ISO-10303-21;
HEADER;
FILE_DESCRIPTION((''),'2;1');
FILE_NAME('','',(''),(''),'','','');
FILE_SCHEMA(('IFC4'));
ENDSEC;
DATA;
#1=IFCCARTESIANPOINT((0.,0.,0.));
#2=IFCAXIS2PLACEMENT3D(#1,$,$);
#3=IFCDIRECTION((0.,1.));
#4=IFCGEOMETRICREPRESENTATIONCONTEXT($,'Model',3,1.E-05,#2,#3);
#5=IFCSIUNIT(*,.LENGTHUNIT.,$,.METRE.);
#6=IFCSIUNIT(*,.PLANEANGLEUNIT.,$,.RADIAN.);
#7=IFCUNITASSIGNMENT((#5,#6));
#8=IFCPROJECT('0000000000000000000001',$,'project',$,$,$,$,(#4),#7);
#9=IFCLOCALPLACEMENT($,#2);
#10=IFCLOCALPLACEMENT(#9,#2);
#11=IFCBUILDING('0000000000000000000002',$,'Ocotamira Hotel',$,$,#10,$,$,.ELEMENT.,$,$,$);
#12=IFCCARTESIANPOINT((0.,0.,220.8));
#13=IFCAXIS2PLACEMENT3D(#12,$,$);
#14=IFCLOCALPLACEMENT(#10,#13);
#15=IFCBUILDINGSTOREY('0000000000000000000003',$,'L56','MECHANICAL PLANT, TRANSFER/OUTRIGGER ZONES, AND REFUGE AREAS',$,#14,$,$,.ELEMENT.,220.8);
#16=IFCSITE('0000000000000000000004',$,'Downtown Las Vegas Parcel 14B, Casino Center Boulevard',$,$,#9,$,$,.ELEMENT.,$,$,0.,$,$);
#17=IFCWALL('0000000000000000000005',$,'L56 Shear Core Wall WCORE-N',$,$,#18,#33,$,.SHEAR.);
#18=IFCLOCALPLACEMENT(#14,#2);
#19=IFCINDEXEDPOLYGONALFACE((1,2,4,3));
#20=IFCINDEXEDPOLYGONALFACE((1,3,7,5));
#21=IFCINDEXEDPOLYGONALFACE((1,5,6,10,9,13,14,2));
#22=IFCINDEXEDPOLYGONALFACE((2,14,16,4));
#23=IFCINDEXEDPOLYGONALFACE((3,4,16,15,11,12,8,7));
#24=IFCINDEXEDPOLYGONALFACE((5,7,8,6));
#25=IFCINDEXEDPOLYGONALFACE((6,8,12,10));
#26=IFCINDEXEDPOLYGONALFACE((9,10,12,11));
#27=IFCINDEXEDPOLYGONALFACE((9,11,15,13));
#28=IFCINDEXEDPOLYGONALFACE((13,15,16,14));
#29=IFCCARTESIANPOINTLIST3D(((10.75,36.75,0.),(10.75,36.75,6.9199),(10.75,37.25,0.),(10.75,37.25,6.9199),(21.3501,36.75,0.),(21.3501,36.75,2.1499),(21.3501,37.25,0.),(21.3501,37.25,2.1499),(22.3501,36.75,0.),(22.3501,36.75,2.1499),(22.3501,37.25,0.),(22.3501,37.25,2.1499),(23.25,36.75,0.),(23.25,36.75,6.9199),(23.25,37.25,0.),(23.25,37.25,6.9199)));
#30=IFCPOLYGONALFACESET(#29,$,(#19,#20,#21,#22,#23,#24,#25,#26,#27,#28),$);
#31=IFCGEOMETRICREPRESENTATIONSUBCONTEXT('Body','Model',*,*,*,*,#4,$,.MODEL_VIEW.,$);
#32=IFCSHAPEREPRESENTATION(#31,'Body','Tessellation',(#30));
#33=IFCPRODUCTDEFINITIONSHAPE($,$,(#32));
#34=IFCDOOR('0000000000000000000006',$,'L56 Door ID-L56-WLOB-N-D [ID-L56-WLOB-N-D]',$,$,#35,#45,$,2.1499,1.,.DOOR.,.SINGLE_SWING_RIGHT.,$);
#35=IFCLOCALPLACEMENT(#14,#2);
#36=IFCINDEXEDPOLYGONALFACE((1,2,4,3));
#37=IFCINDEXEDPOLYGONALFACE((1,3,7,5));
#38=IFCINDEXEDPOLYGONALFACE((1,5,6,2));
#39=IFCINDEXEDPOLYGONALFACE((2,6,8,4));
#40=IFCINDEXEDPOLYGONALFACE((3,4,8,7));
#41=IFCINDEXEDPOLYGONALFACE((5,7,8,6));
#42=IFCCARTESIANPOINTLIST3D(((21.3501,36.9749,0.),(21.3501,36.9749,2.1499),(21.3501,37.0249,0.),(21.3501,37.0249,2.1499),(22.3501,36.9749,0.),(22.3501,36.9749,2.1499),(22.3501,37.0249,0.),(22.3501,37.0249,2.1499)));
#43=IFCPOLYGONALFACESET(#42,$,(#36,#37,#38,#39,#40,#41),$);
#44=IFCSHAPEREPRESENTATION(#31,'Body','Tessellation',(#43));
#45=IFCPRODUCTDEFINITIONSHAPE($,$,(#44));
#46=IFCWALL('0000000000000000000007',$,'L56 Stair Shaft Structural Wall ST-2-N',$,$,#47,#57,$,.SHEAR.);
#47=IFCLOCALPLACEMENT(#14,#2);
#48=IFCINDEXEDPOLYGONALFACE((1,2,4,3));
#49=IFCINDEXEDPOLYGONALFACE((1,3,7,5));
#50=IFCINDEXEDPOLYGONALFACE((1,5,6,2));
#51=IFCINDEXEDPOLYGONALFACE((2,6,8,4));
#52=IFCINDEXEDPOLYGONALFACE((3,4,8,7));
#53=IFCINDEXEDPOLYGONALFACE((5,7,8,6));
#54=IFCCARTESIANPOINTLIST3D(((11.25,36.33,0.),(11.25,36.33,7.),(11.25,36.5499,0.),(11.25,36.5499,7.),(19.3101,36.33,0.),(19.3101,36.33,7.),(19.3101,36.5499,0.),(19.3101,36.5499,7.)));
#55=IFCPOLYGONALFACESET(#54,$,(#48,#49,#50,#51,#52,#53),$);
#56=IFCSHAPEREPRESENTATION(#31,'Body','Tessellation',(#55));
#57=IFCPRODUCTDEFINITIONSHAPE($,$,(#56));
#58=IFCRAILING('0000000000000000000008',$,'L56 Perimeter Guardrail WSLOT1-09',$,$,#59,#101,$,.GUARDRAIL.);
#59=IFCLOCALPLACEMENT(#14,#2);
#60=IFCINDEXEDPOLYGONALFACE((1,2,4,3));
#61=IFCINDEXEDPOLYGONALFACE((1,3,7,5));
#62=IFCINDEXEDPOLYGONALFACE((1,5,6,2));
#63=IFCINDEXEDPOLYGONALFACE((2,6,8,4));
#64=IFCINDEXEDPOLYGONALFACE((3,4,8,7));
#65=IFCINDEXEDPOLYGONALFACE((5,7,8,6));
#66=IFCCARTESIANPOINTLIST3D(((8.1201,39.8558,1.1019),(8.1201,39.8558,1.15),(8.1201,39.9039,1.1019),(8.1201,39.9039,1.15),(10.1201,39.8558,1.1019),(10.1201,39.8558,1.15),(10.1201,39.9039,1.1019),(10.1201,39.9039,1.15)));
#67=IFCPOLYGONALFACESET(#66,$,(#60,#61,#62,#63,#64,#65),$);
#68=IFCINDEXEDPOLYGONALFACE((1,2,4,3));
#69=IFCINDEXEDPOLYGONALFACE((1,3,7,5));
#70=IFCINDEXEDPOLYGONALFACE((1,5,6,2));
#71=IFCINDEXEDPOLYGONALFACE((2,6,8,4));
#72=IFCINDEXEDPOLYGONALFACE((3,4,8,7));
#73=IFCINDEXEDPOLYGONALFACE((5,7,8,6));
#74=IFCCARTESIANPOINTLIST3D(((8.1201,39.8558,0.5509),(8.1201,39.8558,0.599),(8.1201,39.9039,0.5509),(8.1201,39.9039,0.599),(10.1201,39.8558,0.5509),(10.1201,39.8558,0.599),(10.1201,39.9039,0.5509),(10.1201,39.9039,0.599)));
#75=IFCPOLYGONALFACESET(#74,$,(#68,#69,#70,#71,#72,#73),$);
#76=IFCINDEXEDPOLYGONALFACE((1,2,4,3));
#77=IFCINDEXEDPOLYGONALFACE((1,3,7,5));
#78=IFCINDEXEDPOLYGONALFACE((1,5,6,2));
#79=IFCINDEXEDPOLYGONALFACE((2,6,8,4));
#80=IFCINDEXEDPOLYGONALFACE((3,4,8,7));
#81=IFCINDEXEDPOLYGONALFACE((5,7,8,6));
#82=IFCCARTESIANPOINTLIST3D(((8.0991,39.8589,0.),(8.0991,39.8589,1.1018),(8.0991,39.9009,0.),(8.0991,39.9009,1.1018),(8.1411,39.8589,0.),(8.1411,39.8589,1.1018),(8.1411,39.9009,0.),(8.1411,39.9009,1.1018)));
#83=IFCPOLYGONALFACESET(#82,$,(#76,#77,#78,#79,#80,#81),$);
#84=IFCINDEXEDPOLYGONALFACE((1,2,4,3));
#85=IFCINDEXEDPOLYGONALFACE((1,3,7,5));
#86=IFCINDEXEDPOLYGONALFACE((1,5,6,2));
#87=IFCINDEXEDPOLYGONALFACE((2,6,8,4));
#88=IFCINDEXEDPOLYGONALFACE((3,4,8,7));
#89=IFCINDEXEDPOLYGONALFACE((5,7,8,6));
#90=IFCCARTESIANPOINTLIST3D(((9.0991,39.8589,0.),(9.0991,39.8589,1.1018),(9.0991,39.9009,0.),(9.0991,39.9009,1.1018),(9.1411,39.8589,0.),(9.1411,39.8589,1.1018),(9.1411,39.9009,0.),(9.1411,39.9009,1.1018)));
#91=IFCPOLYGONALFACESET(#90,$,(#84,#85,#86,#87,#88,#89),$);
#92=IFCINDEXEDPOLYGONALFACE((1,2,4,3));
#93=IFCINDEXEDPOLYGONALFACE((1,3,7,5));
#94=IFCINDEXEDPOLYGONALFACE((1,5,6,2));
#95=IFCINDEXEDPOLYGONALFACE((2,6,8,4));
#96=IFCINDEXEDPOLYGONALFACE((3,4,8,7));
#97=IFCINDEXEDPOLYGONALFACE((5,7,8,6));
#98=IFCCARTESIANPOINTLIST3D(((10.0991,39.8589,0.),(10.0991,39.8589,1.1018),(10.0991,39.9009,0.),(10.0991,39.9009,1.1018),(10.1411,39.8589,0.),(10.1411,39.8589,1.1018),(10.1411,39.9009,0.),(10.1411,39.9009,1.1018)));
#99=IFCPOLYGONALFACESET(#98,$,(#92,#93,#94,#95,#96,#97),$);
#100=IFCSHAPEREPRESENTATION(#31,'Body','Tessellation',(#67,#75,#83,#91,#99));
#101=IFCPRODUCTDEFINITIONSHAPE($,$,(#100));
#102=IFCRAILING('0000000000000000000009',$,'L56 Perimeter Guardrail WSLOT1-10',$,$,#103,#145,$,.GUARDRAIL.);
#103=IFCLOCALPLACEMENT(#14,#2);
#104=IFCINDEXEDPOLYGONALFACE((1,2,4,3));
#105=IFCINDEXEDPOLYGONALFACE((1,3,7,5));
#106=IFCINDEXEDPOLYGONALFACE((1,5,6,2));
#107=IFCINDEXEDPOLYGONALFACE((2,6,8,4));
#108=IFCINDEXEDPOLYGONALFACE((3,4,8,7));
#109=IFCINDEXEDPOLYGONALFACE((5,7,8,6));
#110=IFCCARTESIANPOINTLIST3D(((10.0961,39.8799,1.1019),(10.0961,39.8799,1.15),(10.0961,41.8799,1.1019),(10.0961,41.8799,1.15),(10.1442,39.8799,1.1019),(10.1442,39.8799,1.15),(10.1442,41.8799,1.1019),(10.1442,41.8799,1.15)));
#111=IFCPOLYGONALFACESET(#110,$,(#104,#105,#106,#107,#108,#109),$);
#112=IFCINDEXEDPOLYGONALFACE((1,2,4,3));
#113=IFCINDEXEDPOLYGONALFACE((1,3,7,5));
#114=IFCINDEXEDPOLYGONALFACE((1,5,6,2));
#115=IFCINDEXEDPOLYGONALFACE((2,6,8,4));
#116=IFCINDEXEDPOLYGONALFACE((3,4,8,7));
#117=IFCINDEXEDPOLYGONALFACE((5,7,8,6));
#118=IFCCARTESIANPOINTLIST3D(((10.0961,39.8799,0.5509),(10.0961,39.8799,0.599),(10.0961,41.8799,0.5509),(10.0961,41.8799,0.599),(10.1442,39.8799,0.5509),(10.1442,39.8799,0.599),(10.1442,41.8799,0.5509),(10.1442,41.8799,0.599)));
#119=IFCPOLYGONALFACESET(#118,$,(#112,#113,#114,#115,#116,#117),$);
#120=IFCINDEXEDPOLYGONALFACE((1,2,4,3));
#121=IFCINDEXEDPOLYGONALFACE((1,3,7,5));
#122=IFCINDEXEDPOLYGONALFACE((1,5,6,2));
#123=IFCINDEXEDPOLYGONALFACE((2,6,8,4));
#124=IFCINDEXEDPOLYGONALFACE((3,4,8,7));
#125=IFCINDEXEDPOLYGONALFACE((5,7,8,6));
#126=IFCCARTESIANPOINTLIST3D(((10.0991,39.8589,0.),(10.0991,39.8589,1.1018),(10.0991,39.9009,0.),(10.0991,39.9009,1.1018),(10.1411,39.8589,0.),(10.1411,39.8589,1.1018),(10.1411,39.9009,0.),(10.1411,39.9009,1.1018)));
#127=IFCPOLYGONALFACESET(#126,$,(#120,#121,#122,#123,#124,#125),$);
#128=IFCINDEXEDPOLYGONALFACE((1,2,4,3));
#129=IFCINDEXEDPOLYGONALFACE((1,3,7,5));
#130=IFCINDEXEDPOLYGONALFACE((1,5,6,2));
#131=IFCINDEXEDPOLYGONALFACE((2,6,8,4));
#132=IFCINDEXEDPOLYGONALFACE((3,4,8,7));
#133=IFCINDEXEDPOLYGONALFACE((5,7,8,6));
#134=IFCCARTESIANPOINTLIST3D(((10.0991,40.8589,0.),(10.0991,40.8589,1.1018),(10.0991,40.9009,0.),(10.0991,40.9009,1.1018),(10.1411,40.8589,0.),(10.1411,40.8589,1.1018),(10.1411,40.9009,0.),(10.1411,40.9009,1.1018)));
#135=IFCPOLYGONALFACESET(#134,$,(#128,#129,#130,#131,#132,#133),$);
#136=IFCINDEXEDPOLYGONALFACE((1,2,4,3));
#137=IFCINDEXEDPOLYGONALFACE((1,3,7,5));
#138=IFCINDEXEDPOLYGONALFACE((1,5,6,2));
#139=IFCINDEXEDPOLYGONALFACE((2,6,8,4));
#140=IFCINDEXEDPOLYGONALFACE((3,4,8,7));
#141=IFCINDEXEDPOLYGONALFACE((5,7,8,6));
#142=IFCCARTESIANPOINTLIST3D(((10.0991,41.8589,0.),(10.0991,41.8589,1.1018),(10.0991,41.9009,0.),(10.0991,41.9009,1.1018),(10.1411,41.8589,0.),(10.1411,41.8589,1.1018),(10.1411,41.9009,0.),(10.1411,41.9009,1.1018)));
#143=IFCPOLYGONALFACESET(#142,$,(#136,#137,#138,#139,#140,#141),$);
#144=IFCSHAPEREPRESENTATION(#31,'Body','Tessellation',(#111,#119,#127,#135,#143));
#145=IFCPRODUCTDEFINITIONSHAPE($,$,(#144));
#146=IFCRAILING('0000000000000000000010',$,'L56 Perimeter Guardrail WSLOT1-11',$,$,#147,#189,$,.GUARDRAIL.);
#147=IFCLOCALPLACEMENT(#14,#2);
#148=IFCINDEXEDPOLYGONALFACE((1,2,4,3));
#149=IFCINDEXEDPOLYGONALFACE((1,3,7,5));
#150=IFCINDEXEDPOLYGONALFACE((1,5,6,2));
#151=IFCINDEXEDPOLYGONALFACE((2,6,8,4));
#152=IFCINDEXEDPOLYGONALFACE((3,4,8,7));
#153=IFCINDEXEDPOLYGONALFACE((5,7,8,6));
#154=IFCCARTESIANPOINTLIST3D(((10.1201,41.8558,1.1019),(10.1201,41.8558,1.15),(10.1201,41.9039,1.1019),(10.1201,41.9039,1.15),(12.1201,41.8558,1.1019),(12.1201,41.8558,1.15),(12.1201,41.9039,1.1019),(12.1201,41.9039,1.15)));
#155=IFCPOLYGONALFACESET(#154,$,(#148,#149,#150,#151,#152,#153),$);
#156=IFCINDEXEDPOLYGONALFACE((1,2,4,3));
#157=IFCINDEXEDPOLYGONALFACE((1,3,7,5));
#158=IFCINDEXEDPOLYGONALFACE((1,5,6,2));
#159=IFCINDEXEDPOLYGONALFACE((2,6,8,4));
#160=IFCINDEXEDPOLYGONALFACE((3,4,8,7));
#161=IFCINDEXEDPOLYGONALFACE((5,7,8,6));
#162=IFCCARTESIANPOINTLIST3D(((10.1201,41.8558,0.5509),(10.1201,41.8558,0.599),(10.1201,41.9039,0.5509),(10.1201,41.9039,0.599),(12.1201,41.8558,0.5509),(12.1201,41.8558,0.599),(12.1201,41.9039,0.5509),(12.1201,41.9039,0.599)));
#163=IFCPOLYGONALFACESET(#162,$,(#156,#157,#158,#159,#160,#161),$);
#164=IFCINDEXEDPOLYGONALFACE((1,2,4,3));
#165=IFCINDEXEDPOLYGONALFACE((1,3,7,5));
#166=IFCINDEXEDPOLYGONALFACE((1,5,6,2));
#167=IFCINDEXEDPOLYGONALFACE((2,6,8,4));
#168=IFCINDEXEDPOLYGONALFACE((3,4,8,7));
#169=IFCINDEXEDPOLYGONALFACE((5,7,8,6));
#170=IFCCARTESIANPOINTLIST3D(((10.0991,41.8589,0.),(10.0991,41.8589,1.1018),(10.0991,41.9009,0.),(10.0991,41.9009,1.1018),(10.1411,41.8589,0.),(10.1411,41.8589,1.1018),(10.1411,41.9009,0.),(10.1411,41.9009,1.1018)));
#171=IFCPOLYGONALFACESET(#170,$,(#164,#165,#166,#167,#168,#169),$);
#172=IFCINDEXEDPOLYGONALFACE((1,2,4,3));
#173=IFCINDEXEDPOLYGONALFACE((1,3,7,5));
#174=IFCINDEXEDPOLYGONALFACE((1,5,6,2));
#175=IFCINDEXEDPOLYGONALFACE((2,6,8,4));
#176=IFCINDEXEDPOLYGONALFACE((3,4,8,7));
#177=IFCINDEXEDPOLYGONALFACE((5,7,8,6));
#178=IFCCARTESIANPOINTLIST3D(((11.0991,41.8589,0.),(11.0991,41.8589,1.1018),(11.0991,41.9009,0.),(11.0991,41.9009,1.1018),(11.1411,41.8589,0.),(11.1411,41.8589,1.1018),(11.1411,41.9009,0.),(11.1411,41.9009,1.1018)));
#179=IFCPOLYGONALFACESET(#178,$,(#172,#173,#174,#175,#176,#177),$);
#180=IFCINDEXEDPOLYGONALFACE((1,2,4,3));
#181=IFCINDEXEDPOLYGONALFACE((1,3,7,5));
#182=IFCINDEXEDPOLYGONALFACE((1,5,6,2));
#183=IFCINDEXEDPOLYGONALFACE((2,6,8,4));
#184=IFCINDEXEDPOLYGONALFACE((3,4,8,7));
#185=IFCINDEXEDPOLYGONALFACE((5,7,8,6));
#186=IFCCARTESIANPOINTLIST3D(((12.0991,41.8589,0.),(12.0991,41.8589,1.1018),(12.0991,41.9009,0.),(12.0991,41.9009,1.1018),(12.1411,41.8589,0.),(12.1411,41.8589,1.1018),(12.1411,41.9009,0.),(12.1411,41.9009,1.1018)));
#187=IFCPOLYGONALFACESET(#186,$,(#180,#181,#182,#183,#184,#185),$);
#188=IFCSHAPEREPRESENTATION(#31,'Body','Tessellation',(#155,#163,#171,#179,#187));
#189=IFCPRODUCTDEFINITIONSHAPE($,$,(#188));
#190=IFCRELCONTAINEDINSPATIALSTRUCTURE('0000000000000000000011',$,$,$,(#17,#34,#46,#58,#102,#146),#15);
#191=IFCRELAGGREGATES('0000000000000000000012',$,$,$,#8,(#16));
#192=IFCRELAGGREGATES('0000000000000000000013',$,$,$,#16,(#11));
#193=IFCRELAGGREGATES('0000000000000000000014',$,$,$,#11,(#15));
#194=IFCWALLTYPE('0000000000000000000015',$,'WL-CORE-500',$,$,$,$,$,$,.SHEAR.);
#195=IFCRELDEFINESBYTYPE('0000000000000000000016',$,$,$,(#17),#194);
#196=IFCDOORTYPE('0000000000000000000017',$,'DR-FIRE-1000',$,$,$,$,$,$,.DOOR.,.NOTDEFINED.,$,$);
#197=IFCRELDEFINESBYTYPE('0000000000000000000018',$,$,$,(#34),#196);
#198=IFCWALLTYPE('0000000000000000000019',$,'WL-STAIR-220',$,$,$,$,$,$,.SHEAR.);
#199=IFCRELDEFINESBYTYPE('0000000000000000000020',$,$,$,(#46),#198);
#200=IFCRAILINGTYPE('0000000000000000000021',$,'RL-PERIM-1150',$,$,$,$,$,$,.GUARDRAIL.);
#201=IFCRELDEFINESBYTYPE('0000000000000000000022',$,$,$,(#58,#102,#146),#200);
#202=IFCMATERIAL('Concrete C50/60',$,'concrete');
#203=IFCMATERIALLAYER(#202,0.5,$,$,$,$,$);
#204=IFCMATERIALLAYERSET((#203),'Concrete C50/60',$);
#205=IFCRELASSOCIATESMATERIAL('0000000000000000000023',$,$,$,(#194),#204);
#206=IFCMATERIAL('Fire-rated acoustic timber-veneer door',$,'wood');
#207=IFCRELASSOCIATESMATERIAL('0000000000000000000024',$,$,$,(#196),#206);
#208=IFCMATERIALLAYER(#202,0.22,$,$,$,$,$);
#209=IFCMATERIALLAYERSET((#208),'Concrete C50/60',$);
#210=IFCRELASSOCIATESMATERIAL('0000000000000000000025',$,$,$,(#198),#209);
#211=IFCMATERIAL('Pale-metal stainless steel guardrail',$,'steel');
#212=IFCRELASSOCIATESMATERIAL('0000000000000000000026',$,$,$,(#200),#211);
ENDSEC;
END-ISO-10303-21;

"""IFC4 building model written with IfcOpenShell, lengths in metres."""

from ifc_helpers import new_model, si_unit, direction, frame, frame_2d, origin, origin_2d, place, context, subcontext, project, spatial, rectangle, extrude, source, transform, mapped, material, layer, layer_set, type_object, element, fill, save


model = new_model("IFC4")

# Units and contexts
model_context = context("Model", 3, precision=1e-05, world=origin(), true_north=direction((0.0, 1.0)))
body_context = subcontext(model_context, "Body", "Model", "MODEL_VIEW")
ifc_project = project(units=[si_unit("LENGTHUNIT", "METRE"), si_unit("PLANEANGLEUNIT", "RADIAN")], contexts=[model_context])

# Site, building, storey
site_placement = place(None, origin())
site = spatial("IfcSite", under=ifc_project, at=site_placement, Name="Downtown Las Vegas Parcel 14B, Casino Center Boulevard", CompositionType="ELEMENT", RefElevation=0.0)
building_placement = place(site_placement, origin())
building = spatial("IfcBuilding", under=site, at=building_placement, Name="Ocotamira Hotel", CompositionType="ELEMENT")
storey_placement = place(building_placement, frame((0.0, 0.0, 220.8)))
storey = spatial("IfcBuildingStorey", under=building, at=storey_placement, Name="L56", Description="MECHANICAL PLANT, TRANSFER/OUTRIGGER ZONES, AND REFUGE AREAS", CompositionType="ELEMENT", Elevation=220.8)

# Wall, opening, door
ifc_material_1 = material(Name="Concrete C50/60", Category="concrete")
ifc_layer_1 = layer(ifc_material_1, 0.5)
ifc_layer_set_1 = layer_set([ifc_layer_1], Name="Concrete C50/60")
wall_type_1 = type_object("IfcWallType", Name="WL-CORE-500", PredefinedType="SHEAR", material=ifc_layer_set_1)
wall_1_placement = place(storey_placement, frame((10.75, 37.0, 0.0), z_axis=(0.0, 0.0, 1.0), x_axis=(1.0, 0.0, 0.0)))
wall_1 = element("IfcWall", 1, at=wall_1_placement, inside=storey, type_object=wall_type_1, Name="L56 Shear Core Wall WCORE-N", PredefinedType="SHEAR", context=body_context, shape_type="SweptSolid", body=[
    extrude(rectangle(XDim=12.5, YDim=0.5, at=frame_2d((6.25, 0.0))), origin(), (0.0, 0.0, 1.0), 6.9199),
])
opening_placement = place(wall_1_placement, frame((10.6001, 0.0, 0.0)))
opening = element("IfcOpeningElement", 2, at=opening_placement, cuts=wall_1, PredefinedType="OPENING", context=body_context, shape_type="SweptSolid", body=[
    extrude(rectangle(XDim=1.0, YDim=2.1499, at=frame_2d((0.5, 1.075))), frame((0.0, 0.26, 0.0), z_axis=(0.0, -1.0, 0.0), x_axis=(1.0, 0.0, 0.0)), (0.0, 0.0, 1.0), 0.52),
])
ifc_material_2 = material(Name="Fire-rated acoustic timber-veneer door", Category="wood")
door_type = type_object("IfcDoorType", Name="DR-FIRE-1000", OperationType="NOTDEFINED", PredefinedType="DOOR", material=ifc_material_2)
shared_shape_1 = source(origin(), body_context, "Body", "SweptSolid", [
    extrude(rectangle(XDim=1.0, YDim=2.1499, at=frame_2d((0.5, 1.075))), frame((0.0, 0.0249, 0.0), z_axis=(0.0, -1.0, 0.0), x_axis=(1.0, 0.0, 0.0)), (0.0, 0.0, 1.0), 0.05),
])
door_placement = place(opening_placement, origin())
door = element("IfcDoor", 3, at=door_placement, inside=storey, type_object=door_type, Name="L56 Door ID-L56-WLOB-N-D [ID-L56-WLOB-N-D]", OperationType="SINGLE_SWING_RIGHT", OverallHeight=2.1499, OverallWidth=1.0, PredefinedType="DOOR", context=body_context, shape_type="MappedRepresentation", body=[
    mapped(shared_shape_1, transform((0.0, 0.0, 0.0), scale=1.0)),
])
fill(opening, door)

# Wall
ifc_layer_2 = layer(ifc_material_1, 0.22)
ifc_layer_set_2 = layer_set([ifc_layer_2], Name="Concrete C50/60")
wall_type_2 = type_object("IfcWallType", Name="WL-STAIR-220", PredefinedType="SHEAR", material=ifc_layer_set_2)
wall_2_placement = place(storey_placement, frame((11.25, 36.4399, 0.0), z_axis=(0.0, 0.0, 1.0), x_axis=(1.0, 0.0, 0.0)))
element("IfcWall", 4, at=wall_2_placement, inside=storey, type_object=wall_type_2, Name="L56 Stair Shaft Structural Wall ST-2-N", PredefinedType="SHEAR", context=body_context, shape_type="SweptSolid", body=[
    extrude(rectangle(XDim=8.0601, YDim=0.22, at=frame_2d((4.03, 0.0))), origin(), (0.0, 0.0, 1.0), 7.0),
])

# Railings
ifc_material_3 = material(Name="Pale-metal stainless steel guardrail", Category="steel")
railing_type = type_object("IfcRailingType", Name="RL-PERIM-1150", PredefinedType="GUARDRAIL", material=ifc_material_3)
railing_1_placement = place(storey_placement, frame((8.1201, 39.8799, 0.0)))
element("IfcRailing", 5, at=railing_1_placement, inside=storey, type_object=railing_type, Name="L56 Perimeter Guardrail WSLOT1-09", PredefinedType="GUARDRAIL", context=body_context, shape_type="SweptSolid", body=[
    extrude(rectangle(XDim=0.0481, YDim=0.0481, at=origin_2d()), frame((0.0, 0.0, 1.126), z_axis=(1.0, 0.0, 0.0), x_axis=(0.0, 1.0, 0.0)), (0.0, 0.0, 1.0), 2.0),
    extrude(rectangle(XDim=0.0481, YDim=0.0481, at=origin_2d()), frame((0.0, 0.0, 0.575), z_axis=(1.0, 0.0, 0.0), x_axis=(0.0, 1.0, 0.0)), (0.0, 0.0, 1.0), 2.0),
    extrude(rectangle(XDim=0.042, YDim=0.042, at=origin_2d()), origin(), (0.0, 0.0, 1.0), 1.1018),
    extrude(rectangle(XDim=0.042, YDim=0.042, at=origin_2d()), frame((1.0, 0.0, 0.0)), (0.0, 0.0, 1.0), 1.1018),
    extrude(rectangle(XDim=0.042, YDim=0.042, at=origin_2d()), frame((2.0, 0.0, 0.0)), (0.0, 0.0, 1.0), 1.1018),
])
railing_2_placement = place(storey_placement, frame((10.1201, 39.8799, 0.0)))
element("IfcRailing", 6, at=railing_2_placement, inside=storey, type_object=railing_type, Name="L56 Perimeter Guardrail WSLOT1-10", PredefinedType="GUARDRAIL", context=body_context, shape_type="SweptSolid", body=[
    extrude(rectangle(XDim=0.0481, YDim=0.0481, at=origin_2d()), frame((0.0, 0.0, 1.126), z_axis=(0.0, 1.0, 0.0), x_axis=(-1.0, 0.0, 0.0)), (0.0, 0.0, 1.0), 2.0),
    extrude(rectangle(XDim=0.0481, YDim=0.0481, at=origin_2d()), frame((0.0, 0.0, 0.575), z_axis=(0.0, 1.0, 0.0), x_axis=(-1.0, 0.0, 0.0)), (0.0, 0.0, 1.0), 2.0),
    extrude(rectangle(XDim=0.042, YDim=0.042, at=origin_2d()), origin(), (0.0, 0.0, 1.0), 1.1018),
    extrude(rectangle(XDim=0.042, YDim=0.042, at=origin_2d()), frame((0.0, 1.0, 0.0)), (0.0, 0.0, 1.0), 1.1018),
    extrude(rectangle(XDim=0.042, YDim=0.042, at=origin_2d()), frame((0.0, 2.0, 0.0)), (0.0, 0.0, 1.0), 1.1018),
])
railing_3_placement = place(storey_placement, frame((10.1201, 41.8799, 0.0)))
element("IfcRailing", 7, at=railing_3_placement, inside=storey, type_object=railing_type, Name="L56 Perimeter Guardrail WSLOT1-11", PredefinedType="GUARDRAIL", context=body_context, shape_type="SweptSolid", body=[
    extrude(rectangle(XDim=0.0481, YDim=0.0481, at=origin_2d()), frame((0.0, 0.0, 1.126), z_axis=(1.0, 0.0, 0.0), x_axis=(0.0, 1.0, 0.0)), (0.0, 0.0, 1.0), 2.0),
    extrude(rectangle(XDim=0.0481, YDim=0.0481, at=origin_2d()), frame((0.0, 0.0, 0.575), z_axis=(1.0, 0.0, 0.0), x_axis=(0.0, 1.0, 0.0)), (0.0, 0.0, 1.0), 2.0),
    extrude(rectangle(XDim=0.042, YDim=0.042, at=origin_2d()), origin(), (0.0, 0.0, 1.0), 1.1018),
    extrude(rectangle(XDim=0.042, YDim=0.042, at=origin_2d()), frame((1.0, 0.0, 0.0)), (0.0, 0.0, 1.0), 1.1018),
    extrude(rectangle(XDim=0.042, YDim=0.042, at=origin_2d()), frame((2.0, 0.0, 0.0)), (0.0, 0.0, 1.0), 1.1018),
])

save(model, "model.ifc")
